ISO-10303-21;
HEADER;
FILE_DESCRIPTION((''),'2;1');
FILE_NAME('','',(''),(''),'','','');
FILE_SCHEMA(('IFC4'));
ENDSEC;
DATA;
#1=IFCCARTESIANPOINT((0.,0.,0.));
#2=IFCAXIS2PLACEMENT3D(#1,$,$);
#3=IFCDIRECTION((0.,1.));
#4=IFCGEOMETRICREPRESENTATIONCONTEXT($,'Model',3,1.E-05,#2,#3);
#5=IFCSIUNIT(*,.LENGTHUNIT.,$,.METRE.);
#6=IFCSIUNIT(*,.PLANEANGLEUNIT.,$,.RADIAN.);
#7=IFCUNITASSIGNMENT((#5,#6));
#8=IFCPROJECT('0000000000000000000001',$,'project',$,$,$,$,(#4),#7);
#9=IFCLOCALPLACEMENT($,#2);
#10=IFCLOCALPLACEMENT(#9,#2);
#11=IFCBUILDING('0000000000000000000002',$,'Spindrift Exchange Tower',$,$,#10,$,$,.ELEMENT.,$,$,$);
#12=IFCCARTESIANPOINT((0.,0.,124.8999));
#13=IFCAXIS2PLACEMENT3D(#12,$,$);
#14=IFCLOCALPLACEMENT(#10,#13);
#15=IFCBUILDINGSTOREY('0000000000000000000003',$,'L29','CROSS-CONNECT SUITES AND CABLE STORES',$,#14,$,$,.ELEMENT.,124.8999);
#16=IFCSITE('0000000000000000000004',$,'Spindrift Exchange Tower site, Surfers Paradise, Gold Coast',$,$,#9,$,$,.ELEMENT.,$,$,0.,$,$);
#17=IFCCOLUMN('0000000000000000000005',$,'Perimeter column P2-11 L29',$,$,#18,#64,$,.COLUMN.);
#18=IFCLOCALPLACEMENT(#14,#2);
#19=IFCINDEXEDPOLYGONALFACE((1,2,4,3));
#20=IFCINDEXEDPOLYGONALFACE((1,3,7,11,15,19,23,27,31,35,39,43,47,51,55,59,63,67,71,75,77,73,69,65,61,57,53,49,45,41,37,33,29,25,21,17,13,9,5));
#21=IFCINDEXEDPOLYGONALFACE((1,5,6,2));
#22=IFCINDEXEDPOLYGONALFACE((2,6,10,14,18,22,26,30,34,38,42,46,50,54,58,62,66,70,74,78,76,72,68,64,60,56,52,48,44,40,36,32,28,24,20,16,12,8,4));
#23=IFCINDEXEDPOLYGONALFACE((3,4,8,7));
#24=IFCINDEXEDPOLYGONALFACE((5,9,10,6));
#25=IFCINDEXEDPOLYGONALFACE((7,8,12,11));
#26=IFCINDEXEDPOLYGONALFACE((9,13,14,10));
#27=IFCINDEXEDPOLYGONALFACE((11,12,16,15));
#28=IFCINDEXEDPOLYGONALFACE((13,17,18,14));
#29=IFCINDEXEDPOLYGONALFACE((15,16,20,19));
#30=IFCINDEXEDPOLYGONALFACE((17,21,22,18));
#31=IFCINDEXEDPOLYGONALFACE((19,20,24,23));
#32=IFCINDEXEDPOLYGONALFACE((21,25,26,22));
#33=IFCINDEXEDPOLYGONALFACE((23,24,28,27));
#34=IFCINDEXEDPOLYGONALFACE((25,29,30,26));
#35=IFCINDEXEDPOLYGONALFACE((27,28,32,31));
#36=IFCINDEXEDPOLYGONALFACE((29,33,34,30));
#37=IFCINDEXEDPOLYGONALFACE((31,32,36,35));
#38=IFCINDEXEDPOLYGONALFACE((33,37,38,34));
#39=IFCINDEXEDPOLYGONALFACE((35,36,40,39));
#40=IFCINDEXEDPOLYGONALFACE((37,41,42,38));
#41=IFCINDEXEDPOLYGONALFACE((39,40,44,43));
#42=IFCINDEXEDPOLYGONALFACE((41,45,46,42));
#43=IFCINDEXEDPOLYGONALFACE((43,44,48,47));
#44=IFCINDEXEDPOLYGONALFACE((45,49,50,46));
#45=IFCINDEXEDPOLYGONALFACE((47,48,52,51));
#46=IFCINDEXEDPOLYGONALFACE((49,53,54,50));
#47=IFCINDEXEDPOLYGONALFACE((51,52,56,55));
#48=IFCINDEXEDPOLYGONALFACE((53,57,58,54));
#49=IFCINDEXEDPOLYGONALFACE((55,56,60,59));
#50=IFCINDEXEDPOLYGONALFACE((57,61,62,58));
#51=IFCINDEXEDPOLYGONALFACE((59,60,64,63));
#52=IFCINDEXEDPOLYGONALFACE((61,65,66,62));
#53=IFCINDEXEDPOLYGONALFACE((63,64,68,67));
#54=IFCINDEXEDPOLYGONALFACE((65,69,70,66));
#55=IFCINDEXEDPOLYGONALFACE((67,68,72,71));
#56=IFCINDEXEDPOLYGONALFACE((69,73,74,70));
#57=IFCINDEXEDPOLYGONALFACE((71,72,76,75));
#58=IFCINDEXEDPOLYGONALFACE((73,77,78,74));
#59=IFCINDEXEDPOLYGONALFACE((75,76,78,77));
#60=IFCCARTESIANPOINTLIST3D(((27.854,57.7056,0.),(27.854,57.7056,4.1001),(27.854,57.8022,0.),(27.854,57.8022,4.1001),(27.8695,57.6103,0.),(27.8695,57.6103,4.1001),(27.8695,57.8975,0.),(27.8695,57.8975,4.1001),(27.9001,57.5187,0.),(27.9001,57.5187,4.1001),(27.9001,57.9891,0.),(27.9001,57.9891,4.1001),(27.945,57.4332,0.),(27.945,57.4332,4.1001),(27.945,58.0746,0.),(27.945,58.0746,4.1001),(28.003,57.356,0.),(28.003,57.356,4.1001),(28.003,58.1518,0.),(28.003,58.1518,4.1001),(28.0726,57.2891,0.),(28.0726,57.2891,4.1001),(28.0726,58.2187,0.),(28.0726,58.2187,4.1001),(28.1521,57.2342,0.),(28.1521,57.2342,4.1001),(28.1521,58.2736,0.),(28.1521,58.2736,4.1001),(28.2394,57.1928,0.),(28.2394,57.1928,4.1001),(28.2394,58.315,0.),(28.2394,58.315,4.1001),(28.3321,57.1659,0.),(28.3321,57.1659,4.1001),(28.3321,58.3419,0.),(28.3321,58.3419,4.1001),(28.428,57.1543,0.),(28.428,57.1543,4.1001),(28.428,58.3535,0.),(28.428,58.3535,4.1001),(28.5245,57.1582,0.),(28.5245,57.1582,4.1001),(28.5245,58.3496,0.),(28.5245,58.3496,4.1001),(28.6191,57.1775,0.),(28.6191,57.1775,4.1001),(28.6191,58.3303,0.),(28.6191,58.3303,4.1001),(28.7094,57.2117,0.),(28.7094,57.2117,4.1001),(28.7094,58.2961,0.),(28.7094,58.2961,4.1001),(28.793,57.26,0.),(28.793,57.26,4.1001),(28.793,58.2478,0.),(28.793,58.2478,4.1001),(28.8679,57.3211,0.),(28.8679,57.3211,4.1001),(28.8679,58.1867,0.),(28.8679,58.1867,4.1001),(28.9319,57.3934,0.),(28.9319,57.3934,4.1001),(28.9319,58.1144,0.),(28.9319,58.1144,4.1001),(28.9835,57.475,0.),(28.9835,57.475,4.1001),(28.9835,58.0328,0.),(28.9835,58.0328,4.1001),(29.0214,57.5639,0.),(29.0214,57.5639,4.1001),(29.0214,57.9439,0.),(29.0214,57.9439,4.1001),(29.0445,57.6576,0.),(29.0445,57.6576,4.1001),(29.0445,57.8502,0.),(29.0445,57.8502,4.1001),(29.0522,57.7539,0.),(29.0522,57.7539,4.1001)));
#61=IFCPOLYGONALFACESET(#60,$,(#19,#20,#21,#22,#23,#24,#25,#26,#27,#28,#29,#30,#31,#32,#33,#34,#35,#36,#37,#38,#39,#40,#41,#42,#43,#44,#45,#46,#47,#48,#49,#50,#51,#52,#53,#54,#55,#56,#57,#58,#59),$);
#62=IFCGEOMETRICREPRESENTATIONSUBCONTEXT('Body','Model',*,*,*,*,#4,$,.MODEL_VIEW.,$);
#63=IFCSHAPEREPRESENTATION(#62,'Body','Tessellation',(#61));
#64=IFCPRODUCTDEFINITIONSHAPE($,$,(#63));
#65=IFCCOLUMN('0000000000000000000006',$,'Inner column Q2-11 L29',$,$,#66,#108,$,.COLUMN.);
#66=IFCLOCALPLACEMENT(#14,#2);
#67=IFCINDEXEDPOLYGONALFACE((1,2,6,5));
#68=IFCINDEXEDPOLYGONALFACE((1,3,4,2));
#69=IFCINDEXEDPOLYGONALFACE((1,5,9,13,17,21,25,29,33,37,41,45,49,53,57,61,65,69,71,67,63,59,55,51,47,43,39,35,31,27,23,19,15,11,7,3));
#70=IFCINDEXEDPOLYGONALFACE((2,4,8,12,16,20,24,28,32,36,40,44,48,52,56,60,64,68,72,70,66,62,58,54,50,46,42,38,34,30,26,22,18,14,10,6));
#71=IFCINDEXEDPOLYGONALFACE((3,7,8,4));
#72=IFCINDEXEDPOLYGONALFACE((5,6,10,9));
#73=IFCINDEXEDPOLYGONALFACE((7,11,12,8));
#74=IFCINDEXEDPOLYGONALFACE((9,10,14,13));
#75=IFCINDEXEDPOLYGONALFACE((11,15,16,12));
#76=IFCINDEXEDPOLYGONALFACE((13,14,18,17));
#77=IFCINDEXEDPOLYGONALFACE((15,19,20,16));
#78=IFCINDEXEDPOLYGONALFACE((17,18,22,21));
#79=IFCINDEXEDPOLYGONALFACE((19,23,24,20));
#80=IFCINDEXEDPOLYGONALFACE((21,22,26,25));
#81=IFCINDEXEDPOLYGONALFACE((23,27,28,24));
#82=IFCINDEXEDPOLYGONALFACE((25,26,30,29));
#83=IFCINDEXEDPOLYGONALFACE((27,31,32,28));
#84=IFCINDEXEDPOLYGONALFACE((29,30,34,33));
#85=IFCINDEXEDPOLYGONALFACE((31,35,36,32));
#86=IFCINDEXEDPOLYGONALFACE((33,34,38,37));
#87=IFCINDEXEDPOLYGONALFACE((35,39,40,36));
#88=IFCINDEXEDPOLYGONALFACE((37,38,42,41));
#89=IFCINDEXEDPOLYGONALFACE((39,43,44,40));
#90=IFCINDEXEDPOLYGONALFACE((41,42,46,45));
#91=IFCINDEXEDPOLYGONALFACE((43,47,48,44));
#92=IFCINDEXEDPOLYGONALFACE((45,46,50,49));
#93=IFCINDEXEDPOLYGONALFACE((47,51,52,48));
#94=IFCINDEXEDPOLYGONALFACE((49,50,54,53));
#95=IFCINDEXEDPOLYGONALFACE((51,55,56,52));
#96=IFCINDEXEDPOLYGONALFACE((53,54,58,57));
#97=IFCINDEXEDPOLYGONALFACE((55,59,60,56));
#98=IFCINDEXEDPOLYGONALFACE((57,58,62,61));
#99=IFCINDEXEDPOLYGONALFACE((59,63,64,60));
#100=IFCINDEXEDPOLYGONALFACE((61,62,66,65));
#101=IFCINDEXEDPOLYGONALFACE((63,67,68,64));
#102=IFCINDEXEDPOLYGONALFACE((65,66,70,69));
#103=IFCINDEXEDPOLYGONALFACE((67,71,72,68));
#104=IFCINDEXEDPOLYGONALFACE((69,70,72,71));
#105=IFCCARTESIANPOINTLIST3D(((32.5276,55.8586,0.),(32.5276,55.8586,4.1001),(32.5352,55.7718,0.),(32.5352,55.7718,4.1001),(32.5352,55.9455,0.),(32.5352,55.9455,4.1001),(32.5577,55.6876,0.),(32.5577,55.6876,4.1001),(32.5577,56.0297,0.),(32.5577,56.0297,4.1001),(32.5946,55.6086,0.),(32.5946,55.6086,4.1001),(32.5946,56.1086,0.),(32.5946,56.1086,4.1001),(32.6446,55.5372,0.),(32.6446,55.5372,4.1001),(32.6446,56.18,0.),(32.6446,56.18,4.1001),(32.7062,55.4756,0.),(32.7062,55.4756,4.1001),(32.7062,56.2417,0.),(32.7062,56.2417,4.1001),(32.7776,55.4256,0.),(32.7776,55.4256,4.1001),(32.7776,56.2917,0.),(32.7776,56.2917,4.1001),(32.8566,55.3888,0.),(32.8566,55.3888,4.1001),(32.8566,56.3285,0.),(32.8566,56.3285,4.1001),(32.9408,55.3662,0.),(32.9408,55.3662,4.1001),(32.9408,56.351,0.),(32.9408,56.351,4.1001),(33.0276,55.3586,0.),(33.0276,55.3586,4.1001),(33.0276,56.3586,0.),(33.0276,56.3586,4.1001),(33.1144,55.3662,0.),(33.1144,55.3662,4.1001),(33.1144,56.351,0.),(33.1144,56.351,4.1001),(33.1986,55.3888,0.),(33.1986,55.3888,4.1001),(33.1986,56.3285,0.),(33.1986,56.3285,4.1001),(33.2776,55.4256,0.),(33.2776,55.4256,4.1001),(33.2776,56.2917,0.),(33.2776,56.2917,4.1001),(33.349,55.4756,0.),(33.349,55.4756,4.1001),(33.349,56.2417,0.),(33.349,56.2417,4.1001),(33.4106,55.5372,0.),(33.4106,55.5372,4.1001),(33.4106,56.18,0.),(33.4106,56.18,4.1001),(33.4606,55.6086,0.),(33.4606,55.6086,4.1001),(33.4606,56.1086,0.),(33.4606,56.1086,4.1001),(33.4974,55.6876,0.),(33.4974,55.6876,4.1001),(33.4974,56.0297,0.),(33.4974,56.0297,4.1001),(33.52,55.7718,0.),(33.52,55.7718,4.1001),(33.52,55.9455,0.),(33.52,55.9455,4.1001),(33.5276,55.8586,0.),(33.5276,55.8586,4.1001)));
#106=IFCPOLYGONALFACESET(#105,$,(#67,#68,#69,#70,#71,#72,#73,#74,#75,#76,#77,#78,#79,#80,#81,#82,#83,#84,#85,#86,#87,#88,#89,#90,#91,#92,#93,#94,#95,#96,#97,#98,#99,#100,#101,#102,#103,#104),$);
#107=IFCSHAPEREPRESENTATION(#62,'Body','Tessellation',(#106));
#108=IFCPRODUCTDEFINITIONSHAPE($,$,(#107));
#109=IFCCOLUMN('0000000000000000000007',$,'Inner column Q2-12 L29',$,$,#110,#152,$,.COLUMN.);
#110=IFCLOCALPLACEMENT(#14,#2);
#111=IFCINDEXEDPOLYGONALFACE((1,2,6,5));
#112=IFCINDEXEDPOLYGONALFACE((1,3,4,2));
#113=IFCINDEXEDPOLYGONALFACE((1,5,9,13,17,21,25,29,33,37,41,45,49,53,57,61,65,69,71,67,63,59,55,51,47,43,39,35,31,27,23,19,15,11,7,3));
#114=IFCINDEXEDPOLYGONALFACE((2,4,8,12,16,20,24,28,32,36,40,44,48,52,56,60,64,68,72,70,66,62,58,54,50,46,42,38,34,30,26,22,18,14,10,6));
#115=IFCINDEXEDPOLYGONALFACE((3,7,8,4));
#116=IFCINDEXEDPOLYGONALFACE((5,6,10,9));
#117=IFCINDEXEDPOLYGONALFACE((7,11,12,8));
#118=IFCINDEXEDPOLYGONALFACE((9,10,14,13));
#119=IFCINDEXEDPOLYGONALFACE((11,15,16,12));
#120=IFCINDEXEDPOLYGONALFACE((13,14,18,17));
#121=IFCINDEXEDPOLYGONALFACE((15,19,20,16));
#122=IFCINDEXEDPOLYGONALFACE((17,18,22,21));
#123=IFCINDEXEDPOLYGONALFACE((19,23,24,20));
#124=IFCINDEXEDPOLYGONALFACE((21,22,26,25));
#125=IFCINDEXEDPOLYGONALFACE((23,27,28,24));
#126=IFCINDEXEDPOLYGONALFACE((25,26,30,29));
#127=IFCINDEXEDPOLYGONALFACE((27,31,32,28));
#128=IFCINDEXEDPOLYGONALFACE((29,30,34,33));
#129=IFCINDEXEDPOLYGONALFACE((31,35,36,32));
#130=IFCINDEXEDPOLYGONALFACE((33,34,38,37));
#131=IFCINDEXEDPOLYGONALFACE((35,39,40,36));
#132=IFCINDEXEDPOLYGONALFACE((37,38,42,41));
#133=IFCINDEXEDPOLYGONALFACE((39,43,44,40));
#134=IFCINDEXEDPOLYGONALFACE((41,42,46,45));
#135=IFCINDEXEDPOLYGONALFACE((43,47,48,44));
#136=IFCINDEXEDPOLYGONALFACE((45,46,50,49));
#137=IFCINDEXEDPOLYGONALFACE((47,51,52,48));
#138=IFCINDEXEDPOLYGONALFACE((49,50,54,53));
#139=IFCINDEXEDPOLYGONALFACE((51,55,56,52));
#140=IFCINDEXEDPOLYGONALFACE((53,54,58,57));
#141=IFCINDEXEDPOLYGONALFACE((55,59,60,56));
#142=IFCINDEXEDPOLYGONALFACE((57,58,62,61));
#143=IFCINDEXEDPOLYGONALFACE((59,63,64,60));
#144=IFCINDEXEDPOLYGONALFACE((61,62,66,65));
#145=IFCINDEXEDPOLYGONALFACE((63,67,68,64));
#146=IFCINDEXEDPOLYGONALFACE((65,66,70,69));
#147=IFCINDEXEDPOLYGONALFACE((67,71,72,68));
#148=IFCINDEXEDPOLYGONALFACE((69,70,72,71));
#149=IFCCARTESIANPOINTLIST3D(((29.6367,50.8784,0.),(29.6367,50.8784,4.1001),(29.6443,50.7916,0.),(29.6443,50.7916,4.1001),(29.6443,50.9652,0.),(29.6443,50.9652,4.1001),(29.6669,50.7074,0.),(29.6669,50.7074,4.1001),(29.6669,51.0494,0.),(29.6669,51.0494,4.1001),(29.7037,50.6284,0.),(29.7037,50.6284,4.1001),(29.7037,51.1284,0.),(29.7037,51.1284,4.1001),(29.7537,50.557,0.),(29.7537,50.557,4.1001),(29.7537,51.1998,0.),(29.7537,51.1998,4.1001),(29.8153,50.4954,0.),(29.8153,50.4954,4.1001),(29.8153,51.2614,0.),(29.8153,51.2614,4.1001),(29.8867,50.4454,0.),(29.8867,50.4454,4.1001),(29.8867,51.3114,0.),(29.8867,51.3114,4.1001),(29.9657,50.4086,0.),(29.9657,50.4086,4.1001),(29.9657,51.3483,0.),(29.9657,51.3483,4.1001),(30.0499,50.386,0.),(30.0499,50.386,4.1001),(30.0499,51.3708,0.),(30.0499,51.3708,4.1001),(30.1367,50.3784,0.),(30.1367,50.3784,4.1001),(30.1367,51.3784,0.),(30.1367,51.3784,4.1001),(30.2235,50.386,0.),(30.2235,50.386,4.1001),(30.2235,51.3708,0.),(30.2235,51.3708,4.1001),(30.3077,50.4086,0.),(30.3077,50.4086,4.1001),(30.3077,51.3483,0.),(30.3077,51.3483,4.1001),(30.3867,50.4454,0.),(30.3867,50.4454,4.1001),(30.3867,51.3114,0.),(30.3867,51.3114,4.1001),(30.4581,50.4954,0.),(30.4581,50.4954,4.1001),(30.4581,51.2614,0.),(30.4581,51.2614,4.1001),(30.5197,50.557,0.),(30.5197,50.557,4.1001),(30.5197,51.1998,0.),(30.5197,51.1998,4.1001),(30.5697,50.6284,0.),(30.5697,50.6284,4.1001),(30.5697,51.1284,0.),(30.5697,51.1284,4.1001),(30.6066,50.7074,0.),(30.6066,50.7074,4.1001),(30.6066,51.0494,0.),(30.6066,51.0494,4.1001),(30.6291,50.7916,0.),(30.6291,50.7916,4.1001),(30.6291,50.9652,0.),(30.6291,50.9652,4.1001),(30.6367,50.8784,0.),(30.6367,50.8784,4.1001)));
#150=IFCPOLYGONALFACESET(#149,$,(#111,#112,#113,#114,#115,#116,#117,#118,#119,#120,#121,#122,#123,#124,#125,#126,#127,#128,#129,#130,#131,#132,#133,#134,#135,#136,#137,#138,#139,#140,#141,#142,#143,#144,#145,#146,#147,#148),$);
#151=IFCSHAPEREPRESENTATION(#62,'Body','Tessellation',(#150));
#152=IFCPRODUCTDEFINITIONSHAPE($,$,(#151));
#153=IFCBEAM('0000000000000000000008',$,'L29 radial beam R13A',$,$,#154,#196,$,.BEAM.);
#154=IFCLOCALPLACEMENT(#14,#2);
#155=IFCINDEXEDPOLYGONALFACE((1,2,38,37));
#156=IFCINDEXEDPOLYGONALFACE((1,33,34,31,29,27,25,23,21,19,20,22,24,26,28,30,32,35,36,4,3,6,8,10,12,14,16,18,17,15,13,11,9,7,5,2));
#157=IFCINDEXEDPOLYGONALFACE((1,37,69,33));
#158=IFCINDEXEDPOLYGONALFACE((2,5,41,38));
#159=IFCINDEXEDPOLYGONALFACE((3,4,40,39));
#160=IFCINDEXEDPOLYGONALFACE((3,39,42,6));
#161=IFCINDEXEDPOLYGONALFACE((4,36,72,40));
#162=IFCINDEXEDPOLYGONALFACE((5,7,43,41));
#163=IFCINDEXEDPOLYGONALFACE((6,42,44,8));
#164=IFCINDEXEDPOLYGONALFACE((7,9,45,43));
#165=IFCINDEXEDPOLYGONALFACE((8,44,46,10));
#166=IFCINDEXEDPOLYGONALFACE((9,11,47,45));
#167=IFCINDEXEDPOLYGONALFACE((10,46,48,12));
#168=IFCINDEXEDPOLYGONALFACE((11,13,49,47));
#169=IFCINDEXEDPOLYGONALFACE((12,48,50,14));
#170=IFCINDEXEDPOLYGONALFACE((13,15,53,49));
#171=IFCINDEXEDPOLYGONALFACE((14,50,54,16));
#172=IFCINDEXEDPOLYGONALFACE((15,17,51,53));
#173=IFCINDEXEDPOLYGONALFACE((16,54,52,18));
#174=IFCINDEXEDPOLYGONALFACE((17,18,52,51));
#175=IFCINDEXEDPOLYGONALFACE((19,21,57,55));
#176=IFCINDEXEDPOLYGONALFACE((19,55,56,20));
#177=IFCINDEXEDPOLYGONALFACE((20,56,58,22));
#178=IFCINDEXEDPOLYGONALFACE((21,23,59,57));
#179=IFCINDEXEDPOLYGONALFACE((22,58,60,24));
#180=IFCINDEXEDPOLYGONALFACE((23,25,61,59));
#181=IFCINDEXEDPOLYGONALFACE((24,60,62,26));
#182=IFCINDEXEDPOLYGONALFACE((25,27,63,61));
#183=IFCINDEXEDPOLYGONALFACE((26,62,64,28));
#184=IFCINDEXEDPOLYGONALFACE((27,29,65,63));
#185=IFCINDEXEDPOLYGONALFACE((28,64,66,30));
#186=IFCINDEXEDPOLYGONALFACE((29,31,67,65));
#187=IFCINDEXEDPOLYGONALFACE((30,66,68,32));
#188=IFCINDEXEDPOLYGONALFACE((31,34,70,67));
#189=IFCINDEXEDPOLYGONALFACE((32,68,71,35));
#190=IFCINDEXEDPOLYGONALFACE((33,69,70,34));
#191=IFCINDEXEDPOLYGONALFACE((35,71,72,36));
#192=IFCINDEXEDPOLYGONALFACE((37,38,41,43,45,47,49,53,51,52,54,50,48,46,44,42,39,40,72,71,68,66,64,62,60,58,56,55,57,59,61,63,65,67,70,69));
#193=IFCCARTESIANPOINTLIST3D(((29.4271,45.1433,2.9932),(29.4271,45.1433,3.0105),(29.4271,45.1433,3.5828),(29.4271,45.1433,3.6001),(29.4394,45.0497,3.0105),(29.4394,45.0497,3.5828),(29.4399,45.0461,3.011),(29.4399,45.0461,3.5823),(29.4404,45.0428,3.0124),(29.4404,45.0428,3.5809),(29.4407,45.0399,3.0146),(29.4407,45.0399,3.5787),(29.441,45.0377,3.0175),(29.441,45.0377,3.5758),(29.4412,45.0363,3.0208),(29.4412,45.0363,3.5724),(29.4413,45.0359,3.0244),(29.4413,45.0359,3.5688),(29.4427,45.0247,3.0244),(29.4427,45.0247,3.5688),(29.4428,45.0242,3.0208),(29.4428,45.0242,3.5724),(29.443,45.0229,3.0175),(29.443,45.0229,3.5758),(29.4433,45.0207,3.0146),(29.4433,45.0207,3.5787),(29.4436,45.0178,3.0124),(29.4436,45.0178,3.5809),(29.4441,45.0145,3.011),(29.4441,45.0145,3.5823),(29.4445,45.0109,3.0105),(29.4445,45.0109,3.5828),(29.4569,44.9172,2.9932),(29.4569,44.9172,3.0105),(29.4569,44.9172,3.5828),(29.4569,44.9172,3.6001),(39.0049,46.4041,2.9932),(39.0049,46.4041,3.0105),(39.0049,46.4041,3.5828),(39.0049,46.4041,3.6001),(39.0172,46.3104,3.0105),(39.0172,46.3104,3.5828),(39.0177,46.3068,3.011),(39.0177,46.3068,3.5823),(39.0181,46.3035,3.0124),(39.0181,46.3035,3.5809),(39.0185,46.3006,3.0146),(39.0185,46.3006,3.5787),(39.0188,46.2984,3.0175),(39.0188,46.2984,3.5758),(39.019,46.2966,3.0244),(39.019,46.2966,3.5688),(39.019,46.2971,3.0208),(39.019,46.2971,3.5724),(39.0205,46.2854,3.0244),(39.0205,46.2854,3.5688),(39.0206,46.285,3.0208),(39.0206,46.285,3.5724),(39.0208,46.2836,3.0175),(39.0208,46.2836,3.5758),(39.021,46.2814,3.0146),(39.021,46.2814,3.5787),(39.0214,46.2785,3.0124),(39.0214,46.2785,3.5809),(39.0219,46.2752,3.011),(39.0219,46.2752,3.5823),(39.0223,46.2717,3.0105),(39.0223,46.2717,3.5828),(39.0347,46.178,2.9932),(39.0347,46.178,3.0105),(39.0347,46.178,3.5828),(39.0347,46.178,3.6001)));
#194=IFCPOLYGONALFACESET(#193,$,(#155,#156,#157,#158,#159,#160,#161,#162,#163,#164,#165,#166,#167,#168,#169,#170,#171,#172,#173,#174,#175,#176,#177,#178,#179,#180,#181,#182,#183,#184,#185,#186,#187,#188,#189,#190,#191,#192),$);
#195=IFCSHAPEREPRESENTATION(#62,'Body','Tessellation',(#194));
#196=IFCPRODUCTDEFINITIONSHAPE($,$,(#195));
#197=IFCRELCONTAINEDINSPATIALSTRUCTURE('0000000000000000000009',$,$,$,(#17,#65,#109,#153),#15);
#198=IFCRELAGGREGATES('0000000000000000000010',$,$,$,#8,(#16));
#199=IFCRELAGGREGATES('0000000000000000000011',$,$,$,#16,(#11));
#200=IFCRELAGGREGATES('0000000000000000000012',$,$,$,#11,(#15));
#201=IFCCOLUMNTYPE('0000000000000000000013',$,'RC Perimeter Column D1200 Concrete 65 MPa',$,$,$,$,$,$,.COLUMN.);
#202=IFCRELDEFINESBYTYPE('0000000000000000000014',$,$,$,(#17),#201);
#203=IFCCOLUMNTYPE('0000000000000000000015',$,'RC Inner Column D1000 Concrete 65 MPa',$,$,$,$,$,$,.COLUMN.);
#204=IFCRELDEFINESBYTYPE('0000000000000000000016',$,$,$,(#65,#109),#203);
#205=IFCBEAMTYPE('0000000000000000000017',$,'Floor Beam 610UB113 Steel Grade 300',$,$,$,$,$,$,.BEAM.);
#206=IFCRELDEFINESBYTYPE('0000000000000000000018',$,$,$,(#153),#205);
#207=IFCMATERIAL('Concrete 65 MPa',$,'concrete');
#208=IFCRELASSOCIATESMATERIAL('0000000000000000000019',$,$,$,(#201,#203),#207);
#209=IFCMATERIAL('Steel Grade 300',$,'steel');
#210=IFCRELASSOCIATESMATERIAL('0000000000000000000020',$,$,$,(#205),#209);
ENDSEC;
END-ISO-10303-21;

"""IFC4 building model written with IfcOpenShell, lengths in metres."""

from ifc_helpers import new_model, si_unit, direction, frame, origin, origin_2d, place, context, subcontext, project, spatial, circle, i_section, extrude, source, transform, mapped, material, material_profile, profile_set, type_object, element, save


model = new_model("IFC4")

# Units and contexts
model_context = context("Model", 3, precision=1e-05, world=origin(), true_north=direction((0.0, 1.0)))
body_context = subcontext(model_context, "Body", "Model", "MODEL_VIEW")
ifc_project = project(units=[si_unit("LENGTHUNIT", "METRE"), si_unit("PLANEANGLEUNIT", "RADIAN")], contexts=[model_context])

# Site, building, storey
site_placement = place(None, origin())
site = spatial("IfcSite", under=ifc_project, at=site_placement, Name="Spindrift Exchange Tower site, Surfers Paradise, Gold Coast", CompositionType="ELEMENT", RefElevation=0.0)
building_placement = place(site_placement, origin())
building = spatial("IfcBuilding", under=site, at=building_placement, Name="Spindrift Exchange Tower", CompositionType="ELEMENT")
storey_placement = place(building_placement, frame((0.0, 0.0, 124.8999)))
storey = spatial("IfcBuildingStorey", under=building, at=storey_placement, Name="L29", Description="CROSS-CONNECT SUITES AND CABLE STORES", CompositionType="ELEMENT", Elevation=124.8999)

# Columns
ifc_material_1 = material(Name="Concrete 65 MPa", Category="concrete")
ifc_material_profile_1 = material_profile(ifc_material_1, circle(Radius=0.6001, at=origin_2d()), Name="RC D1200")
ifc_profile_set_1 = profile_set([ifc_material_profile_1], Name="Concrete 65 MPa")
column_type_1 = type_object("IfcColumnType", Name="RC Perimeter Column D1200 Concrete 65 MPa", PredefinedType="COLUMN", material=ifc_profile_set_1)
shared_shape_1 = source(origin(), body_context, "Body", "SweptSolid", [
    extrude(circle(Radius=0.6001, at=origin_2d()), origin(), (0.0, 0.0, 1.0), 4.1001),
])
column_placement = place(storey_placement, frame((28.4521, 57.7539, 0.0), z_axis=(0.0, 0.0, 1.0), x_axis=(1.0, 0.0, 0.0)))
element("IfcColumn", 1, at=column_placement, inside=storey, type_object=column_type_1, Name="Perimeter column P2-11 L29", PredefinedType="COLUMN", context=body_context, shape_type="MappedRepresentation", body=[
    mapped(shared_shape_1, transform((0.0, 0.0, 0.0), scale=1.0)),
])
ifc_material_profile_2 = material_profile(ifc_material_1, circle(Radius=0.5, at=origin_2d()), Name="RC D1000")
ifc_profile_set_2 = profile_set([ifc_material_profile_2], Name="Concrete 65 MPa")
column_type_2 = type_object("IfcColumnType", Name="RC Inner Column D1000 Concrete 65 MPa", PredefinedType="COLUMN", material=ifc_profile_set_2)
shared_shape_2 = source(origin(), body_context, "Body", "SweptSolid", [
    extrude(circle(Radius=0.5, at=origin_2d()), origin(), (0.0, 0.0, 1.0), 4.1001),
])
for number, where, z_axis, x_axis, name in (
    (2, (33.0276, 55.8586, 0.0), (0.0, 0.0, 1.0), (1.0, 0.0, 0.0), "Inner column Q2-11 L29"),
    (3, (30.1367, 50.8784, 0.0), (0.0, 0.0, 1.0), (1.0, 0.0, 0.0), "Inner column Q2-12 L29"),
):
    element("IfcColumn", number, at=place(storey_placement, frame(where, z_axis=z_axis, x_axis=x_axis)), inside=storey, type_object=column_type_2, Name=name, PredefinedType="COLUMN", context=body_context, shape_type="MappedRepresentation", body=[
        mapped(shared_shape_2, transform((0.0, 0.0, 0.0), scale=1.0)),
    ])

# Beam
ifc_material_2 = material(Name="Steel Grade 300", Category="steel")
ifc_material_profile_3 = material_profile(ifc_material_2, i_section(OverallWidth=0.228, OverallDepth=0.6069, WebThickness=0.0112, FlangeThickness=0.0173, FilletRadius=0.0139, at=origin_2d()), Name="610UB113")
ifc_profile_set_3 = profile_set([ifc_material_profile_3], Name="Steel Grade 300")
beam_type_1 = type_object("IfcBeamType", Name="Floor Beam 610UB113 Steel Grade 300", PredefinedType="BEAM", material=ifc_profile_set_3)
shared_shape_3 = source(origin(), body_context, "Body", "SweptSolid", [
    extrude(i_section(OverallWidth=0.228, OverallDepth=0.6069, WebThickness=0.0112, FlangeThickness=0.0173, FilletRadius=0.0139, at=origin_2d()), origin(), (0.0, 0.0, 1.0), 9.6604),
])
beam_1_placement = place(storey_placement, frame((39.0198, 46.291, 3.2966), z_axis=(-0.991448, -0.130505, 0.0), x_axis=(0.130505, -0.991448, 0.0)))
element("IfcBeam", 4, at=beam_1_placement, inside=storey, type_object=beam_type_1, Name="L29 radial beam R13A", PredefinedType="BEAM", context=body_context, shape_type="MappedRepresentation", body=[
    mapped(shared_shape_3, transform((0.0, 0.0, 0.0), scale=1.0)),
])

save(model, "model.ifc")
